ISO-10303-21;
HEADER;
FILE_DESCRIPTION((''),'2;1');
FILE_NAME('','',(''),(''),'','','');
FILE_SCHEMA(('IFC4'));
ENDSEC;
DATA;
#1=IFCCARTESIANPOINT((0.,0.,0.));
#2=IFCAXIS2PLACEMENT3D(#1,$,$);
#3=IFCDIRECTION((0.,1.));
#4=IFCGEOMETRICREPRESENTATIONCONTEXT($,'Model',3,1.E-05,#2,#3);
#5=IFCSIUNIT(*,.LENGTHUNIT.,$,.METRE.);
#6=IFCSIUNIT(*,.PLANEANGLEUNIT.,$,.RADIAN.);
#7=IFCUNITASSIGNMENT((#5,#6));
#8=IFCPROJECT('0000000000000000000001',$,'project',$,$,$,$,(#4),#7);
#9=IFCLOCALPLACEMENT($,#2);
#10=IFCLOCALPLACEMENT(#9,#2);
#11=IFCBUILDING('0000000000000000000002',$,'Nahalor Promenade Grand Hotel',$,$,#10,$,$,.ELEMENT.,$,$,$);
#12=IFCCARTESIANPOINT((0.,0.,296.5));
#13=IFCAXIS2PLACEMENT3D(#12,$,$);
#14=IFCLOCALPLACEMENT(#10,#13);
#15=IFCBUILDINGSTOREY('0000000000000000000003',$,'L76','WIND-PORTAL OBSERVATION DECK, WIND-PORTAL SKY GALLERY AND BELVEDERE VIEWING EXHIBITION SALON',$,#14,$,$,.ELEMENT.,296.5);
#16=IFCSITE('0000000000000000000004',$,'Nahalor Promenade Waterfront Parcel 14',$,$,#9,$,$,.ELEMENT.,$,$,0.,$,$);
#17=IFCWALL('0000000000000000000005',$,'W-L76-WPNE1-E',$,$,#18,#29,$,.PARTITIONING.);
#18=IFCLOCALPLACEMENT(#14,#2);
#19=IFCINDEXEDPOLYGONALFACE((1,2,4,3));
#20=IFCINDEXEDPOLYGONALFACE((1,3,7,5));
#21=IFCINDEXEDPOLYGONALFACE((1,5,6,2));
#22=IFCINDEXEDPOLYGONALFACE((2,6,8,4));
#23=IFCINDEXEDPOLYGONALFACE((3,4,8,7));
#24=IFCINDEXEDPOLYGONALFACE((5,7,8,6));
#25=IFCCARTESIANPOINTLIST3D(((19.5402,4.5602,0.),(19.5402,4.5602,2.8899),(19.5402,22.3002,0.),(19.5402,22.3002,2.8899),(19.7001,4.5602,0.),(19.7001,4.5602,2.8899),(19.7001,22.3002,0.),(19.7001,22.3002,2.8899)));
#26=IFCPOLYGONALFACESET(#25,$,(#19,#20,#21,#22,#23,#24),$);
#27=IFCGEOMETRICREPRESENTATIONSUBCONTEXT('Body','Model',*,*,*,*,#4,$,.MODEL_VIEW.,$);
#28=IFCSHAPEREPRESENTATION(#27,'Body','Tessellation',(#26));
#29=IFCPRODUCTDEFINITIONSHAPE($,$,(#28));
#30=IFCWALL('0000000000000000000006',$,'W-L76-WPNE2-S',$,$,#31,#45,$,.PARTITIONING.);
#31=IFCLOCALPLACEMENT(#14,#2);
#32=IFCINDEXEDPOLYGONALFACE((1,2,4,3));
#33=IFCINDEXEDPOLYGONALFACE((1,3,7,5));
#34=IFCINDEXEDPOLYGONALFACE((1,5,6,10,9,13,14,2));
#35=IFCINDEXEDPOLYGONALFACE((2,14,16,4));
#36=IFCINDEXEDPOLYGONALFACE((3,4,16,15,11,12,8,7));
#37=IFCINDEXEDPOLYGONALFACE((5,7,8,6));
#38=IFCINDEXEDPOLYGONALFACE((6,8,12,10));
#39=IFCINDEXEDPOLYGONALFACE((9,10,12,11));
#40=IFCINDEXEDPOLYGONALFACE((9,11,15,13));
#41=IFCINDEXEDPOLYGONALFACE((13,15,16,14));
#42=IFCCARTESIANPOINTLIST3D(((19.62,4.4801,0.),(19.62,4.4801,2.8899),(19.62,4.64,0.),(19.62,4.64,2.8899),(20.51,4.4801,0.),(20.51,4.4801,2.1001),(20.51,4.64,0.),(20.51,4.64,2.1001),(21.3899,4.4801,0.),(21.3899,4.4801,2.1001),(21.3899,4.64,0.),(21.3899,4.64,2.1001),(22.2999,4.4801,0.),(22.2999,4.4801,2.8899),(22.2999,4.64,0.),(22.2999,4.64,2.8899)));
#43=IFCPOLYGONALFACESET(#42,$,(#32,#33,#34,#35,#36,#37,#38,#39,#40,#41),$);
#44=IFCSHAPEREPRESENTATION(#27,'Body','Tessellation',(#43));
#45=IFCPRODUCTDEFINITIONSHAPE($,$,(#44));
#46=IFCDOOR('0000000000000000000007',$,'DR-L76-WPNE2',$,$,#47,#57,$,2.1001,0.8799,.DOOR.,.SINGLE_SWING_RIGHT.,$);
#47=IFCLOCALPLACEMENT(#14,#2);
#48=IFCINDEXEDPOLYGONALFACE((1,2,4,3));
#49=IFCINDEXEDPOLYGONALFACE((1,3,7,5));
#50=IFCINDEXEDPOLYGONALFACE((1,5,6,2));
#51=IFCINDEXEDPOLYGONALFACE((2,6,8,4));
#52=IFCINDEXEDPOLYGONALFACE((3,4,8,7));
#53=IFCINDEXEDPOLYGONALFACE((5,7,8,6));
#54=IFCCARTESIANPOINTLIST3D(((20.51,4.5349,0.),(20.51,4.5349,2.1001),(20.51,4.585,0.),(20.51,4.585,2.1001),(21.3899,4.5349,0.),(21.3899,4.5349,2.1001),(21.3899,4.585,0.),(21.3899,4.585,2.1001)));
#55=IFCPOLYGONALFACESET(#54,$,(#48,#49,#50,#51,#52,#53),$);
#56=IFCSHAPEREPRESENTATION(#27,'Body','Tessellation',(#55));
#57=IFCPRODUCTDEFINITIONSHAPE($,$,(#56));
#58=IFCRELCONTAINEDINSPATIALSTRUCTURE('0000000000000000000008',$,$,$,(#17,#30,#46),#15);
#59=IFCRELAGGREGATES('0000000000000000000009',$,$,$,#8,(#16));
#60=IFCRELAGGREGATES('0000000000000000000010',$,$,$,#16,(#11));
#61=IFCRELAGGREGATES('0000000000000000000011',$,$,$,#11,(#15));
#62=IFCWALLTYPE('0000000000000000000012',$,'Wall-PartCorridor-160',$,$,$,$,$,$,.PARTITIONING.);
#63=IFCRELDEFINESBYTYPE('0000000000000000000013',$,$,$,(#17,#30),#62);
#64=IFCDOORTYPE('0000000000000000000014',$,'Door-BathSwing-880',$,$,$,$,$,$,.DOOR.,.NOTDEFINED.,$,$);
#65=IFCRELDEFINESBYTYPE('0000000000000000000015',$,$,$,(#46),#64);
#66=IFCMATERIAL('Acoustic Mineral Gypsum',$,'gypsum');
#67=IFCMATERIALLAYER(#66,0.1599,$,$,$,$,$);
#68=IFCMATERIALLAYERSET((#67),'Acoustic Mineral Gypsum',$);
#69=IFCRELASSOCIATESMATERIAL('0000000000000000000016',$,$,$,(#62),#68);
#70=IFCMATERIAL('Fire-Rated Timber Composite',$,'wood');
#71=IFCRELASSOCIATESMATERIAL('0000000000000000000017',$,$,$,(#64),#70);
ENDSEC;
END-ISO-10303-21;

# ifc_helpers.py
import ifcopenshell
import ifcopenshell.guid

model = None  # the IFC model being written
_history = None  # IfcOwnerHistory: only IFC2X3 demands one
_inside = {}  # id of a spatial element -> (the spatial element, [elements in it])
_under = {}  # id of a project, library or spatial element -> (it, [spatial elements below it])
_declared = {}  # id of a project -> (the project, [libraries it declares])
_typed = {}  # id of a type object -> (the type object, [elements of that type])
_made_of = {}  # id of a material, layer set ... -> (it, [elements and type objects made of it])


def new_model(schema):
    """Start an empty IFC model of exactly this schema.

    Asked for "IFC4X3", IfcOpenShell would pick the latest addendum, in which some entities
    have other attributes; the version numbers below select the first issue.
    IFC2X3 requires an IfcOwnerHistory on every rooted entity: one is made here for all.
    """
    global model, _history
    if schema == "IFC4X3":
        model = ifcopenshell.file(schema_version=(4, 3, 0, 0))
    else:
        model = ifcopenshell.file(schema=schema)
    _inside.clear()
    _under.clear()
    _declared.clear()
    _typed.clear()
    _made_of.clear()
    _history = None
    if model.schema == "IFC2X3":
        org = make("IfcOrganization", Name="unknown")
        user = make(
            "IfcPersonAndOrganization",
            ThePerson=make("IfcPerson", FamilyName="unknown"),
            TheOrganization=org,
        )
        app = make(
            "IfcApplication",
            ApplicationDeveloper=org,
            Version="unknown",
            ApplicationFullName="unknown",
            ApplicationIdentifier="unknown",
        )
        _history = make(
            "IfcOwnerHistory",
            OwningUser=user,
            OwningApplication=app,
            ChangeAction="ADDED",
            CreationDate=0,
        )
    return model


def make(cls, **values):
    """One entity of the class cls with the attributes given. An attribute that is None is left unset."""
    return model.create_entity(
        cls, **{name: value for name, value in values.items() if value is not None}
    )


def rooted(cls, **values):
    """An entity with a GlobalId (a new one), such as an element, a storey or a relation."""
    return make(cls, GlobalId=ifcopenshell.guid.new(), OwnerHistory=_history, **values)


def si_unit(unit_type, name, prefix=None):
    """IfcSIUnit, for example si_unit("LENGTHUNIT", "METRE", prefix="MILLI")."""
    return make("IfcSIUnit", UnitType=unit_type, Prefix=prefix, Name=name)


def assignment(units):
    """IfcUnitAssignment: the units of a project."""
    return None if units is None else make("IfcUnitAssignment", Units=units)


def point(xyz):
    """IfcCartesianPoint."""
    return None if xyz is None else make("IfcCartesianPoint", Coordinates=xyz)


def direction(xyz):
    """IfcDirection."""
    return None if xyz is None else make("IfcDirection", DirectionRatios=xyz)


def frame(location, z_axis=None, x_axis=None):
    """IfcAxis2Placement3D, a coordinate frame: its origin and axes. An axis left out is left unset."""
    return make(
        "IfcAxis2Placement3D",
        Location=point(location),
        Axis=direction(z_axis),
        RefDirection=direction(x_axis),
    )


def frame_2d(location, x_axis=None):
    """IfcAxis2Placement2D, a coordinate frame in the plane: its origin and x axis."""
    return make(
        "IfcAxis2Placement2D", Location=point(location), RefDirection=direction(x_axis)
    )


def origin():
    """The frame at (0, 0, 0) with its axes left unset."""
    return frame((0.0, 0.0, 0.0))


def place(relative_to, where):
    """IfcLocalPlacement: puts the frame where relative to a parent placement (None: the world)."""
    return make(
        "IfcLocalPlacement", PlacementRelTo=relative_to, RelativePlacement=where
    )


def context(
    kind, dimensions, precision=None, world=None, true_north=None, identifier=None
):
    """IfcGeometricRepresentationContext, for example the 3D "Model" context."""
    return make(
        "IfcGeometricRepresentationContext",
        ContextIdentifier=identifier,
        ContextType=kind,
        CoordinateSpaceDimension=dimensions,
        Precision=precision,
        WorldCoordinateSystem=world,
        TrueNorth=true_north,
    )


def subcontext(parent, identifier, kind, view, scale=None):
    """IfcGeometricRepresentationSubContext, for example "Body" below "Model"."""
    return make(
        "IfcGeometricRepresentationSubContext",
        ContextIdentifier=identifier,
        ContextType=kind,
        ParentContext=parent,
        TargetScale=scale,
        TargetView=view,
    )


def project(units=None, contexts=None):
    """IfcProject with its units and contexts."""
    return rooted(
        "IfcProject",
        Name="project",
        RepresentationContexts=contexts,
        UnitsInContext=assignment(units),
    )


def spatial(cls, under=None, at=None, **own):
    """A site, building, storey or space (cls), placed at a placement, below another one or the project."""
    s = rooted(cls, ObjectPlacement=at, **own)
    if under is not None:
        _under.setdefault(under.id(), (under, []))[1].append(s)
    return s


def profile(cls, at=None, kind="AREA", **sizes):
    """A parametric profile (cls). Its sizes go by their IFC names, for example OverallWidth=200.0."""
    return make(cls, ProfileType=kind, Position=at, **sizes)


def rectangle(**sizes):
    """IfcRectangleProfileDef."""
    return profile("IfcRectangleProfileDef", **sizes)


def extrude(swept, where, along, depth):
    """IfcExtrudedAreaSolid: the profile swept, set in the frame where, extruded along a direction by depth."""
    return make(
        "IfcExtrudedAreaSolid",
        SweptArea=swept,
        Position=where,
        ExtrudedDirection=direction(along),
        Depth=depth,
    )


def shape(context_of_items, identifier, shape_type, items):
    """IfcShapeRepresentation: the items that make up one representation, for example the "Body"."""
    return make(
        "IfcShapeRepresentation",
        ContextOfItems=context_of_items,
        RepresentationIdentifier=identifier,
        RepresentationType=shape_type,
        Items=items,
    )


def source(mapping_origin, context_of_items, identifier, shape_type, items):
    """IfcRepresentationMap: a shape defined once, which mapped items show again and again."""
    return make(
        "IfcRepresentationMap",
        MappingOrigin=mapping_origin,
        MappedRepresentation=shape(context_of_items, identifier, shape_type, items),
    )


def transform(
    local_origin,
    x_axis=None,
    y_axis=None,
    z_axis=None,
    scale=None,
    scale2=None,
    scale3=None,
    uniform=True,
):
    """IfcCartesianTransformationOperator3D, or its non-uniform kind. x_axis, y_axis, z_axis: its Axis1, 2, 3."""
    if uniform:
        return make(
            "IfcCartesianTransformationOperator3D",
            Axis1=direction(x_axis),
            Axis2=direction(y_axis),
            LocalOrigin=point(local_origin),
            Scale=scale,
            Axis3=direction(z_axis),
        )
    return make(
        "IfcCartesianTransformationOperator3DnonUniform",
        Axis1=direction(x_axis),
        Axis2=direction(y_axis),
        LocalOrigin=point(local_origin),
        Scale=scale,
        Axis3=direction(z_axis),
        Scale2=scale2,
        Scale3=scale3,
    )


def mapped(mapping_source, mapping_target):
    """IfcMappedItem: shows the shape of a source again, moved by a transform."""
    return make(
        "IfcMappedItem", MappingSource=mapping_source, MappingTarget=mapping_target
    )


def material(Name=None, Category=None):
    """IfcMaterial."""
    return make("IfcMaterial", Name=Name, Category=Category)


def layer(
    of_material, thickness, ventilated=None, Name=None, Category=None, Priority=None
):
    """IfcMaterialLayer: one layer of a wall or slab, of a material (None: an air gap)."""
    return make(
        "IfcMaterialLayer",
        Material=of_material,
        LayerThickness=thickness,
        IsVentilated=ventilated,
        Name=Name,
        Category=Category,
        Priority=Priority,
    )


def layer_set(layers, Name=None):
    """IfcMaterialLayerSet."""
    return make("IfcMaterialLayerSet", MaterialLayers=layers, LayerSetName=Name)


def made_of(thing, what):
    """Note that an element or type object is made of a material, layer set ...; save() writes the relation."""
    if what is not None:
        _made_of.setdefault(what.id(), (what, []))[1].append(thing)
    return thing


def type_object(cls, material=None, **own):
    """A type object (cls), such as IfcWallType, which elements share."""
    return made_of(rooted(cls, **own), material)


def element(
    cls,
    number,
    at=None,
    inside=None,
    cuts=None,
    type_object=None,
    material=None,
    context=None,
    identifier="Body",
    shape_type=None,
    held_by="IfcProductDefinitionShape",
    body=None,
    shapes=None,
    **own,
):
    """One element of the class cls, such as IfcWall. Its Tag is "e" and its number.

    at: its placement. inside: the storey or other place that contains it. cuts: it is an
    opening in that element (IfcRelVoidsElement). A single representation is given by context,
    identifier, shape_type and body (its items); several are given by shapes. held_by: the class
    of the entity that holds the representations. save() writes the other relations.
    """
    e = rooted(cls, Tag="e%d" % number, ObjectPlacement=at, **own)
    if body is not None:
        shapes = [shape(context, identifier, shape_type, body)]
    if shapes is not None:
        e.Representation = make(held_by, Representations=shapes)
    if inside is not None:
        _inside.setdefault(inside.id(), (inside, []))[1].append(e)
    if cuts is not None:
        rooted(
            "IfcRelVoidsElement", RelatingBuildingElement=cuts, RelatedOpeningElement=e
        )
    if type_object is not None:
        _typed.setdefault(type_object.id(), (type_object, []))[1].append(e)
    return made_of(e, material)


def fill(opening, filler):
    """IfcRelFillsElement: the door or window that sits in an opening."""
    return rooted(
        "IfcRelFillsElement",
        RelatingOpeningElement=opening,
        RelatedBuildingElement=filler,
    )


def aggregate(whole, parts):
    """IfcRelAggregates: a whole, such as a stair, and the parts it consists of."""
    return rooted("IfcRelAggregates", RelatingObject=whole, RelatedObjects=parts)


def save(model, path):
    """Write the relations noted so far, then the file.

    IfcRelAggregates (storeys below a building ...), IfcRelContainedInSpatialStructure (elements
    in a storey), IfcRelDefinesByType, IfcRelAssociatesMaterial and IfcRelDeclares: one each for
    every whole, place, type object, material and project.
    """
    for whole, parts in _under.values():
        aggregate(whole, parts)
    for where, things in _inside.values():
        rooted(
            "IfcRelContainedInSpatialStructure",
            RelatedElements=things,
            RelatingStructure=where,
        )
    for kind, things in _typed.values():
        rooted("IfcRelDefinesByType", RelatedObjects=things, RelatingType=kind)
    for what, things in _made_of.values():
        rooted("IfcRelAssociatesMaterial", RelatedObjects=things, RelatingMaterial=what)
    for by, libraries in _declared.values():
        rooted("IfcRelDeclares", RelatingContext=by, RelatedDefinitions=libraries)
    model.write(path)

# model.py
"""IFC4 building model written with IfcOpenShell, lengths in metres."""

from ifc_helpers import new_model, si_unit, direction, frame, frame_2d, origin, place, context, subcontext, project, spatial, rectangle, extrude, source, transform, mapped, material, layer, layer_set, type_object, element, fill, save


model = new_model("IFC4")

# Units and contexts
model_context = context("Model", 3, precision=1e-05, world=origin(), true_north=direction((0.0, 1.0)))
body_context = subcontext(model_context, "Body", "Model", "MODEL_VIEW")
ifc_project = project(units=[si_unit("LENGTHUNIT", "METRE"), si_unit("PLANEANGLEUNIT", "RADIAN")], contexts=[model_context])

# Site, building, storey
site_placement = place(None, origin())
site = spatial("IfcSite", under=ifc_project, at=site_placement, Name="Nahalor Promenade Waterfront Parcel 14", CompositionType="ELEMENT", RefElevation=0.0)
building_placement = place(site_placement, origin())
building = spatial("IfcBuilding", under=site, at=building_placement, Name="Nahalor Promenade Grand Hotel", CompositionType="ELEMENT")
storey_placement = place(building_placement, frame((0.0, 0.0, 296.5)))
storey = spatial("IfcBuildingStorey", under=building, at=storey_placement, Name="L76", Description="WIND-PORTAL OBSERVATION DECK, WIND-PORTAL SKY GALLERY AND BELVEDERE VIEWING EXHIBITION SALON", CompositionType="ELEMENT", Elevation=296.5)

# Shared definitions
ifc_material_1 = material(Name="Acoustic Mineral Gypsum", Category="gypsum")
ifc_layer_1 = layer(ifc_material_1, 0.1599)
ifc_layer_set_1 = layer_set([ifc_layer_1], Name="Acoustic Mineral Gypsum")
wall_type_1 = type_object("IfcWallType", Name="Wall-PartCorridor-160", PredefinedType="PARTITIONING", material=ifc_layer_set_1)

# Shared definitions
ifc_material_2 = material(Name="Fire-Rated Timber Composite", Category="wood")
door_type = type_object("IfcDoorType", Name="Door-BathSwing-880", OperationType="NOTDEFINED", PredefinedType="DOOR", material=ifc_material_2)
shared_shape_1 = source(origin(), body_context, "Body", "SweptSolid", [
    extrude(rectangle(XDim=0.8799, YDim=2.1001, at=frame_2d((0.4399, 1.05))), frame((0.0, 0.0249, 0.0), z_axis=(0.0, -1.0, 0.0), x_axis=(1.0, 0.0, 0.0)), (0.0, 0.0, 1.0), 0.05),
])

# Wall
shared_shape_2 = source(origin(), body_context, "Body", "SweptSolid", [
    extrude(rectangle(XDim=17.74, YDim=0.1599, at=frame_2d((8.8701, 0.0))), origin(), (0.0, 0.0, 1.0), 2.8899),
])
for number, where, z_axis, x_axis, name in (
    (1, (19.6201, 4.5601, 0.0), (0.0, 0.0, 1.0), (0.0, 1.0, 0.0), "W-L76-WPNE1-E"),
):
    element("IfcWall", number, at=place(storey_placement, frame(where, z_axis=z_axis, x_axis=x_axis)), inside=storey, type_object=wall_type_1, Name=name, PredefinedType="PARTITIONING", context=body_context, shape_type="MappedRepresentation", body=[
        mapped(shared_shape_2, transform((0.0, 0.0, 0.0), scale=1.0)),
    ])

# Wall, opening, door
shared_shape_3 = source(origin(), body_context, "Body", "SweptSolid", [
    extrude(rectangle(XDim=2.6799, YDim=0.1599, at=frame_2d((1.3398, 0.0))), origin(), (0.0, 0.0, 1.0), 2.8899),
])
wall_1_placement = place(storey_placement, frame((19.6201, 4.5601, 0.0), z_axis=(0.0, 0.0, 1.0), x_axis=(1.0, 0.0, 0.0)))
wall_1 = element("IfcWall", 2, at=wall_1_placement, inside=storey, type_object=wall_type_1, Name="W-L76-WPNE2-S", PredefinedType="PARTITIONING", context=body_context, shape_type="MappedRepresentation", body=[
    mapped(shared_shape_3, transform((0.0, 0.0, 0.0), scale=1.0)),
])
opening_1_placement = place(wall_1_placement, frame((0.8899, 0.0, 0.0)))
opening_1 = element("IfcOpeningElement", 3, at=opening_1_placement, cuts=wall_1, PredefinedType="OPENING", context=body_context, shape_type="SweptSolid", body=[
    extrude(rectangle(XDim=0.8799, YDim=2.1001, at=frame_2d((0.4399, 1.05))), frame((0.0, 0.0898, 0.0), z_axis=(0.0, -1.0, 0.0), x_axis=(1.0, 0.0, 0.0)), (0.0, 0.0, 1.0), 0.1799),
])
door_1_placement = place(opening_1_placement, origin())
door_1 = element("IfcDoor", 4, at=door_1_placement, inside=storey, type_object=door_type, Name="DR-L76-WPNE2", OperationType="SINGLE_SWING_RIGHT", OverallHeight=2.1001, OverallWidth=0.8799, PredefinedType="DOOR", context=body_context, shape_type="MappedRepresentation", body=[
    mapped(shared_shape_1, transform((0.0, 0.0, 0.0), scale=1.0)),
])
fill(opening_1, door_1)

save(model, "model.ifc")
